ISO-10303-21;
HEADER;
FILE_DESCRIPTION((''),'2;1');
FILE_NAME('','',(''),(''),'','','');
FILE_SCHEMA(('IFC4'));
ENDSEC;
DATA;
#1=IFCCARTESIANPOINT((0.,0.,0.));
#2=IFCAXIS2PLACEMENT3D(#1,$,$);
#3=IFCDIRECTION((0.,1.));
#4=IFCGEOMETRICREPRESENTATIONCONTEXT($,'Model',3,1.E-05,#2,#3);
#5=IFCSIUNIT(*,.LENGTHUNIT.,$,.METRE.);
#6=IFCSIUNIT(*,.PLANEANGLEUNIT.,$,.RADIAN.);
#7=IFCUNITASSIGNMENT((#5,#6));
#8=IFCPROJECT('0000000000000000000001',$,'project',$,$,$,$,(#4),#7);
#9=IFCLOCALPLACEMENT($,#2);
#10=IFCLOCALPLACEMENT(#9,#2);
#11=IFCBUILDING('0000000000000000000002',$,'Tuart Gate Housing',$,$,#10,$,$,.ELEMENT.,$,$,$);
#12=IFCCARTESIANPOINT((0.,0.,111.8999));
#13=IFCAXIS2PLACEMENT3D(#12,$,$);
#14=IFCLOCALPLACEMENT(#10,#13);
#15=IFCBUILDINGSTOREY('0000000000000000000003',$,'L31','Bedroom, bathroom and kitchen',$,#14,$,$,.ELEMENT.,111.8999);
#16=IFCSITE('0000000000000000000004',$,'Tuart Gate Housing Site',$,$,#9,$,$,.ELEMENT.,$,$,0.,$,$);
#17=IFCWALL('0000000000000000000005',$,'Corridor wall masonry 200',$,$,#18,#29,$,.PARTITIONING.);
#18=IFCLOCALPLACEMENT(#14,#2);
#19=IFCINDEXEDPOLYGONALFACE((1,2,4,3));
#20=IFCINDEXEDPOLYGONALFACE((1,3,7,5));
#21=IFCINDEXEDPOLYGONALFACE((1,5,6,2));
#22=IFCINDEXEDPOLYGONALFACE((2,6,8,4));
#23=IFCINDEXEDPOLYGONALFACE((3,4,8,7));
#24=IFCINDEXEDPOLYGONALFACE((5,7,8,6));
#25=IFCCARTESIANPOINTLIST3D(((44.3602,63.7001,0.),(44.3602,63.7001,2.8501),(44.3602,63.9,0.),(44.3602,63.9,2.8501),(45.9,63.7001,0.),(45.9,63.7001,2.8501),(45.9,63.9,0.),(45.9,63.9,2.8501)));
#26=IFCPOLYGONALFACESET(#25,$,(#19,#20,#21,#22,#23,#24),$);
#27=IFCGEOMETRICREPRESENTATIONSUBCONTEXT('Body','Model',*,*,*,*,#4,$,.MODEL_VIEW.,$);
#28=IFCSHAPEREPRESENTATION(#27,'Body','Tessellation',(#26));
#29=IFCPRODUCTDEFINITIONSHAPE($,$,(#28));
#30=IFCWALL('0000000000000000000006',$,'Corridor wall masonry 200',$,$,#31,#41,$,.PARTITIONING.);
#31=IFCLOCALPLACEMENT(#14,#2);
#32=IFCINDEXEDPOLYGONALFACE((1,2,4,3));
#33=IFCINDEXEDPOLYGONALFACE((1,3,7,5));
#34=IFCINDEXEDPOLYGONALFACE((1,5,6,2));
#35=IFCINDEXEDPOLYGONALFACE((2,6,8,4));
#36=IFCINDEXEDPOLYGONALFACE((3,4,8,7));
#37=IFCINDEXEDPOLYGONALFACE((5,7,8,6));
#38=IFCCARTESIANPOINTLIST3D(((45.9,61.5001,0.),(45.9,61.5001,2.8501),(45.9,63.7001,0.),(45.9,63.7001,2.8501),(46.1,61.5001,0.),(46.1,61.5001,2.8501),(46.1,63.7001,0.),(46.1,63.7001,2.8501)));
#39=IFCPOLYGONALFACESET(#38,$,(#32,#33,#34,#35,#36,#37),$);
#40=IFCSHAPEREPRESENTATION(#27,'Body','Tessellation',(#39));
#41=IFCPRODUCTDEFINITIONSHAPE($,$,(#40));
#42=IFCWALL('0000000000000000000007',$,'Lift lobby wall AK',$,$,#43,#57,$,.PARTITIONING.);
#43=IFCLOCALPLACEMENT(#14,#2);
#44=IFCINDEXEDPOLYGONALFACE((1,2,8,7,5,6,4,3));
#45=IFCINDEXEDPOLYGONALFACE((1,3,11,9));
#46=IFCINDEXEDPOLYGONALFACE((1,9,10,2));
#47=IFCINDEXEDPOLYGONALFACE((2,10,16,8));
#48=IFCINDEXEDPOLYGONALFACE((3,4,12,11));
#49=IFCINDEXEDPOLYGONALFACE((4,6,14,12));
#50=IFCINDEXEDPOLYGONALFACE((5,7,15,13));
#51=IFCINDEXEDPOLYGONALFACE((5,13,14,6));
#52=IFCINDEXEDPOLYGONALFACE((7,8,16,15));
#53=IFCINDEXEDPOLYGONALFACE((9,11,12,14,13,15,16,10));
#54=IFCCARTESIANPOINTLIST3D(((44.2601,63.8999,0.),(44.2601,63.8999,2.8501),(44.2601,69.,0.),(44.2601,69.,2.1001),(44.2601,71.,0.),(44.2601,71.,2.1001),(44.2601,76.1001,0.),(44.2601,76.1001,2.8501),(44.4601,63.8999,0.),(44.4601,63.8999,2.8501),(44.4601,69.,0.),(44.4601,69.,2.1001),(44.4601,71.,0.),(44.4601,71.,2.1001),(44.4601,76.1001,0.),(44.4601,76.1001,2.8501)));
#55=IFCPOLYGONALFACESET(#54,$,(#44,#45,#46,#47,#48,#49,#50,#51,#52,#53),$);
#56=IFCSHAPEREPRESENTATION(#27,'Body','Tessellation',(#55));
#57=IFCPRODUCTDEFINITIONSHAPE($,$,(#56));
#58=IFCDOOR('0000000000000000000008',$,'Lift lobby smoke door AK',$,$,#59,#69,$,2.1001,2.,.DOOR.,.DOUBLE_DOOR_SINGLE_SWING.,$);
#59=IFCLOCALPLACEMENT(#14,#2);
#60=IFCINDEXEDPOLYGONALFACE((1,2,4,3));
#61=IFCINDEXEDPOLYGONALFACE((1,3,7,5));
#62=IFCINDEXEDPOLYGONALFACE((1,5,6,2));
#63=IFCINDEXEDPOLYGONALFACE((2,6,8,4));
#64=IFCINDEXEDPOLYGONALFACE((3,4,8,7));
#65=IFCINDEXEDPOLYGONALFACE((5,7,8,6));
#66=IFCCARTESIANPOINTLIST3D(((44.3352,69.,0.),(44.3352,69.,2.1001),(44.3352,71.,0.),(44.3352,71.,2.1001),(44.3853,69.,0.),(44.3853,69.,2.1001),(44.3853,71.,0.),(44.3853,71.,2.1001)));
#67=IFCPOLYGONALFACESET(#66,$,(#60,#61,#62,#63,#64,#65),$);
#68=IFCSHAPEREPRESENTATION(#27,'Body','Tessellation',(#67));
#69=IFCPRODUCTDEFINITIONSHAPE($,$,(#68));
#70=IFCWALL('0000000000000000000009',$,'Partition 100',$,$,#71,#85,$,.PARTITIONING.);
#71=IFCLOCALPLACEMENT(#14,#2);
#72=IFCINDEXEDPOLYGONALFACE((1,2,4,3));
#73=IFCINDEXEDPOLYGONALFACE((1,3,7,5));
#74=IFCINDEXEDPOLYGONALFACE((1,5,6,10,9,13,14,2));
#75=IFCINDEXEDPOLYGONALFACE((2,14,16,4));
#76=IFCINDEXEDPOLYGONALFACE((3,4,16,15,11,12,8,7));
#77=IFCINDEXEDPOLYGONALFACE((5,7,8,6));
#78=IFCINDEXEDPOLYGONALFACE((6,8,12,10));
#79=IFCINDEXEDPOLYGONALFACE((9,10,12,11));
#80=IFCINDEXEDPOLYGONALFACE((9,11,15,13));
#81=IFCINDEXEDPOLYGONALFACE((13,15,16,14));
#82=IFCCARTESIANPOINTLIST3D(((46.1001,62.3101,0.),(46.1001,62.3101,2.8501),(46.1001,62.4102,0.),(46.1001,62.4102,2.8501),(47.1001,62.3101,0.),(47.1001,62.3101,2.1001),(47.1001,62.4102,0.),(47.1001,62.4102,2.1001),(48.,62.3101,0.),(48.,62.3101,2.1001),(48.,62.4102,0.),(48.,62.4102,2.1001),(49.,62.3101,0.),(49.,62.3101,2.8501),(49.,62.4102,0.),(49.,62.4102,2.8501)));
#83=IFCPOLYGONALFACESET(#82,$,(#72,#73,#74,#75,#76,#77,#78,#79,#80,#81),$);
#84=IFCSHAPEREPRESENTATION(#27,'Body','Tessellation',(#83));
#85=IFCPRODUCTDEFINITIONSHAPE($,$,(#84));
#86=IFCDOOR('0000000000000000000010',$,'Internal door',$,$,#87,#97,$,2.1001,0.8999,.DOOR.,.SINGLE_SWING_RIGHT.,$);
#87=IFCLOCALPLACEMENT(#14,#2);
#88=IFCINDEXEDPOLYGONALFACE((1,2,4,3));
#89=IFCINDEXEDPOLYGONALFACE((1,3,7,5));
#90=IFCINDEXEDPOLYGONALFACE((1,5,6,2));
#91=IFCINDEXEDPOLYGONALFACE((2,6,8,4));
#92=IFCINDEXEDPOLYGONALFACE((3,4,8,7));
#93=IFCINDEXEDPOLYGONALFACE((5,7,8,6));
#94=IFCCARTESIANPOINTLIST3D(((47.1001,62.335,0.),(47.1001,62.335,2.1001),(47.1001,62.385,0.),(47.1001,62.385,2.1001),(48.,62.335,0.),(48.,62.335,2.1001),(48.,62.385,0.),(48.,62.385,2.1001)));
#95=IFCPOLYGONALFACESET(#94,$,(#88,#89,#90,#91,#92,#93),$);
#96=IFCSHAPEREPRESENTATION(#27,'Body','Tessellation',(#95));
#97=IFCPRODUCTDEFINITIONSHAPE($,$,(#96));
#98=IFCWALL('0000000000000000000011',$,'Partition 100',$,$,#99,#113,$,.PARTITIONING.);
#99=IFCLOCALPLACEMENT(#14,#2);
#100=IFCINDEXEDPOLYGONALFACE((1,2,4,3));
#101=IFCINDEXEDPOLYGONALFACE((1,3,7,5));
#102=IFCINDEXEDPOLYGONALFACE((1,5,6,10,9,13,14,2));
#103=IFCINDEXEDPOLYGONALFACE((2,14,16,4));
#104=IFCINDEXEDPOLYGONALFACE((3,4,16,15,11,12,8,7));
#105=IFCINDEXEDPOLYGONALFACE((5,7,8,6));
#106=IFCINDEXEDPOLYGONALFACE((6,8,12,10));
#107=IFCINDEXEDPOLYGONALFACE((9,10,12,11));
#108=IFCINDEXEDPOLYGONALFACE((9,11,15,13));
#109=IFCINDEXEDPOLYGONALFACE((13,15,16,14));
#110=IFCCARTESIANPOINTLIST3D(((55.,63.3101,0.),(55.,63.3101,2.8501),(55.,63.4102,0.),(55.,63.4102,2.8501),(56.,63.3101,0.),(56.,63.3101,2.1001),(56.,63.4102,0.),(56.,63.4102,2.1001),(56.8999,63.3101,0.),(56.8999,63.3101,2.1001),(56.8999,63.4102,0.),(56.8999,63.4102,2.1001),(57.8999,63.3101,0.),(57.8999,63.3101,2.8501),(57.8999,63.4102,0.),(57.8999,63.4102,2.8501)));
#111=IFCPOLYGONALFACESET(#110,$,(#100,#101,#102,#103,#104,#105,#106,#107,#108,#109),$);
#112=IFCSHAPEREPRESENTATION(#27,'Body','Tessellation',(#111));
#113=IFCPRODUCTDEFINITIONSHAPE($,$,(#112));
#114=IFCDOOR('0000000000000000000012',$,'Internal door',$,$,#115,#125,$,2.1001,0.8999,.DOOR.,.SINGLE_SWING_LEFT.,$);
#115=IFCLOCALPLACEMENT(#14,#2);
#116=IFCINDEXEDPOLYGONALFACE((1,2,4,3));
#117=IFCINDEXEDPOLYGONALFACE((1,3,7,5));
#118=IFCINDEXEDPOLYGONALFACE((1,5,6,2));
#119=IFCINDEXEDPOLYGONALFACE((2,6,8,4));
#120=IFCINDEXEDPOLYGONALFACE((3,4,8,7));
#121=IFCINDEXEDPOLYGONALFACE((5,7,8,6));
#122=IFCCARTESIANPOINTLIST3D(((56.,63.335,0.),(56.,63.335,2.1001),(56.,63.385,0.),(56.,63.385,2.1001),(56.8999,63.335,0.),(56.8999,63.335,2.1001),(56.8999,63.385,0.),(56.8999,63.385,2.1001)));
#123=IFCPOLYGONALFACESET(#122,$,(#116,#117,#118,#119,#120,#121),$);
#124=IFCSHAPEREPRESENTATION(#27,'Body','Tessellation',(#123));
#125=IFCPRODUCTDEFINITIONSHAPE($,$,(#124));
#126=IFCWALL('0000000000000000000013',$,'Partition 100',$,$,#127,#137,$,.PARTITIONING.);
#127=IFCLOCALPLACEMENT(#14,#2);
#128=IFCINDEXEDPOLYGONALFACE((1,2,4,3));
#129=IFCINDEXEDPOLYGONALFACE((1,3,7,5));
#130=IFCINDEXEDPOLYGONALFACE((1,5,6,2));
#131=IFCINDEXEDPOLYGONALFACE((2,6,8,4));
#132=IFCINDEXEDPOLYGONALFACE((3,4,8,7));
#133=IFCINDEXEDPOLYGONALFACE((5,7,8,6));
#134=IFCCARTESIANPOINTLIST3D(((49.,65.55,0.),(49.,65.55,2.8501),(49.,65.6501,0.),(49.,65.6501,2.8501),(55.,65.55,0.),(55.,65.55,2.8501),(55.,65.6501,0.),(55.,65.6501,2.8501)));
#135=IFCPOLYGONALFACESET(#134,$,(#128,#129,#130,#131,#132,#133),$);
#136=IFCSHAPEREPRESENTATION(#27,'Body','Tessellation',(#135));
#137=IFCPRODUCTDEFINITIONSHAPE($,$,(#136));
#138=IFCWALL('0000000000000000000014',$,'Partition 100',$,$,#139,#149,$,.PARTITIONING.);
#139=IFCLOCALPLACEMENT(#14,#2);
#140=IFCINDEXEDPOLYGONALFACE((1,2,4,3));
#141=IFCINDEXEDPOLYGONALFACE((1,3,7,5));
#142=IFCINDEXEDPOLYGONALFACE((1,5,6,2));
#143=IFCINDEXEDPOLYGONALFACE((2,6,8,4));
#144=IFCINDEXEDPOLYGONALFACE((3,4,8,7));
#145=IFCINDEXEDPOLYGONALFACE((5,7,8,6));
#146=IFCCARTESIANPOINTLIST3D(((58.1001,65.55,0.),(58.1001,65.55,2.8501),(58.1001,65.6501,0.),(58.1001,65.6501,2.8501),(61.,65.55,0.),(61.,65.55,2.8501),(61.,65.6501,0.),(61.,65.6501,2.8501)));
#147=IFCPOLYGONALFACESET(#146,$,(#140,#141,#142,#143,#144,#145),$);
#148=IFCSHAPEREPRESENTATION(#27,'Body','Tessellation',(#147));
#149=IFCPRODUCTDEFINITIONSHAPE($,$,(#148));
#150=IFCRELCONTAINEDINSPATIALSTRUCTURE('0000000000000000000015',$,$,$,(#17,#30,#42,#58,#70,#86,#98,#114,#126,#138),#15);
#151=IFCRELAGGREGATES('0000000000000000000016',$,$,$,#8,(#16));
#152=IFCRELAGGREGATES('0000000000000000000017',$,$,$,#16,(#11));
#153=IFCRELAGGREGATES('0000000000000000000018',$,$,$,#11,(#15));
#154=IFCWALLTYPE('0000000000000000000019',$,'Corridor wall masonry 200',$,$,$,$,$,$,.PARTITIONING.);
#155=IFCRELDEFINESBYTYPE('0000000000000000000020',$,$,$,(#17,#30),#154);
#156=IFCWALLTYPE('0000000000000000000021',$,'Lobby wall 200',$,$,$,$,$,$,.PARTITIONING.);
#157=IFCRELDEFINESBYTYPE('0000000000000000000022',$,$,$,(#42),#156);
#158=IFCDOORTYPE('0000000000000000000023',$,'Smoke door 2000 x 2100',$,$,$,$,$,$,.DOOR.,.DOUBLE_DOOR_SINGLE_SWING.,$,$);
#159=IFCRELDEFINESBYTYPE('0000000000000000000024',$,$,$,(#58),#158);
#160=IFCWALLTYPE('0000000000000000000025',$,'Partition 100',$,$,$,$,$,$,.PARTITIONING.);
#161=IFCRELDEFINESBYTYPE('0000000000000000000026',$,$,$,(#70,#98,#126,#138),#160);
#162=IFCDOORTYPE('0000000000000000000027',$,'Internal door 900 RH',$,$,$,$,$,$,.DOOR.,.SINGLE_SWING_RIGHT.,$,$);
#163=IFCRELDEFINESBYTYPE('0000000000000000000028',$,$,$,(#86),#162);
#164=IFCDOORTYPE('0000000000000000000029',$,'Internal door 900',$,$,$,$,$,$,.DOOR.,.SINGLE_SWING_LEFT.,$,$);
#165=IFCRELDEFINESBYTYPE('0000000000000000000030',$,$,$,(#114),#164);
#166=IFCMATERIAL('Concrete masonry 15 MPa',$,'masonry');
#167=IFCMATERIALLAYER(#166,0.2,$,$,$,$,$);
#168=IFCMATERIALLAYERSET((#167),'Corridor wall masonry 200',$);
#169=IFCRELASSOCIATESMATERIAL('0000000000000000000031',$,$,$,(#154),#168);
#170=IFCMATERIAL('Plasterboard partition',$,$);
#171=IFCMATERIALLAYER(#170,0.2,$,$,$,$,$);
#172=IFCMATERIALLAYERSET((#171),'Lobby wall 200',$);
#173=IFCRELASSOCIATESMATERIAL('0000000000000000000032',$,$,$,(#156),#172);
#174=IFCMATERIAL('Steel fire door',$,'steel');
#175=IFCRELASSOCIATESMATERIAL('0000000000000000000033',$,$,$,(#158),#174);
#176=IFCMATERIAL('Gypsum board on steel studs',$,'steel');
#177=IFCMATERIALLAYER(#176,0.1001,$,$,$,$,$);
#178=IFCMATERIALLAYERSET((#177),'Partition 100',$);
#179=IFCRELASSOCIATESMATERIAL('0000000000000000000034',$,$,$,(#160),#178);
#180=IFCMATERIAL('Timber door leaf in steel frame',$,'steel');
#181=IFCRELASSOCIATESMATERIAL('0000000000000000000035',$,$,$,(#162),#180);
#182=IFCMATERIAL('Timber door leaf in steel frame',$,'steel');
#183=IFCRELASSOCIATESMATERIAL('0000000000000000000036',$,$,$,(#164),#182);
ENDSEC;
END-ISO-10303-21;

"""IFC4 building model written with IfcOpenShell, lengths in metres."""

from ifc_helpers import new_model, si_unit, direction, frame, frame_2d, origin, place, context, subcontext, project, spatial, rectangle, extrude, material, layer, layer_set, type_object, element, fill, save


model = new_model("IFC4")

# Units and contexts
model_context = context("Model", 3, precision=1e-05, world=origin(), true_north=direction((0.0, 1.0)))
body_context = subcontext(model_context, "Body", "Model", "MODEL_VIEW")
ifc_project = project(units=[si_unit("LENGTHUNIT", "METRE"), si_unit("PLANEANGLEUNIT", "RADIAN")], contexts=[model_context])

# Site, building, storey
site_placement = place(None, origin())
site = spatial("IfcSite", under=ifc_project, at=site_placement, Name="Tuart Gate Housing Site", CompositionType="ELEMENT", RefElevation=0.0)
building_placement = place(site_placement, origin())
building = spatial("IfcBuilding", under=site, at=building_placement, Name="Tuart Gate Housing", CompositionType="ELEMENT")
storey_placement = place(building_placement, frame((0.0, 0.0, 111.8999)))
storey = spatial("IfcBuildingStorey", under=building, at=storey_placement, Name="L31", Description="Bedroom, bathroom and kitchen", CompositionType="ELEMENT", Elevation=111.8999)

# Walls
ifc_material_1 = material(Name="Concrete masonry 15 MPa", Category="masonry")
ifc_layer_1 = layer(ifc_material_1, 0.2)
ifc_layer_set_1 = layer_set([ifc_layer_1], Name="Corridor wall masonry 200")
wall_type_1 = type_object("IfcWallType", Name="Corridor wall masonry 200", PredefinedType="PARTITIONING", material=ifc_layer_set_1)
wall_1_placement = place(storey_placement, frame((44.3601, 63.8, 0.0), z_axis=(0.0, 0.0, 1.0), x_axis=(1.0, 0.0, 0.0)))
element("IfcWall", 1, at=wall_1_placement, inside=storey, type_object=wall_type_1, Name="Corridor wall masonry 200", PredefinedType="PARTITIONING", context=body_context, shape_type="SweptSolid", body=[
    extrude(rectangle(XDim=1.5398, YDim=0.2, at=frame_2d((0.77, 0.0))), origin(), (0.0, 0.0, 1.0), 2.8501),
])
wall_2_placement = place(storey_placement, frame((46.0, 61.5, 0.0), z_axis=(0.0, 0.0, 1.0), x_axis=(0.0, 1.0, 0.0)))
element("IfcWall", 2, at=wall_2_placement, inside=storey, type_object=wall_type_1, Name="Corridor wall masonry 200", PredefinedType="PARTITIONING", context=body_context, shape_type="SweptSolid", body=[
    extrude(rectangle(XDim=2.2, YDim=0.2, at=frame_2d((1.1001, 0.0))), origin(), (0.0, 0.0, 1.0), 2.8501),
])

# Walls, openings, doors
ifc_material_2 = material(Name="Plasterboard partition")
ifc_layer_2 = layer(ifc_material_2, 0.2)
ifc_layer_set_2 = layer_set([ifc_layer_2], Name="Lobby wall 200")
wall_type_2 = type_object("IfcWallType", Name="Lobby wall 200", PredefinedType="PARTITIONING", material=ifc_layer_set_2)
wall_3_placement = place(storey_placement, frame((44.3601, 63.8999, 0.0), z_axis=(0.0, 0.0, 1.0), x_axis=(0.0, 1.0, 0.0)))
wall_3 = element("IfcWall", 3, at=wall_3_placement, inside=storey, type_object=wall_type_2, Name="Lift lobby wall AK", PredefinedType="PARTITIONING", context=body_context, shape_type="SweptSolid", body=[
    extrude(rectangle(XDim=12.2002, YDim=0.2, at=frame_2d((6.1001, 0.0))), origin(), (0.0, 0.0, 1.0), 2.8501),
])
opening_1_placement = place(wall_3_placement, frame((5.1001, 0.0, 0.0)))
opening_1 = element("IfcOpeningElement", 4, at=opening_1_placement, cuts=wall_3, PredefinedType="OPENING", context=body_context, shape_type="SweptSolid", body=[
    extrude(rectangle(XDim=2.0, YDim=2.1001, at=frame_2d((1.0, 1.05))), frame((0.0, 0.1099, 0.0), z_axis=(0.0, -1.0, 0.0), x_axis=(1.0, 0.0, 0.0)), (0.0, 0.0, 1.0), 0.22),
])
ifc_material_3 = material(Name="Steel fire door", Category="steel")
door_type_1 = type_object("IfcDoorType", Name="Smoke door 2000 x 2100", OperationType="DOUBLE_DOOR_SINGLE_SWING", PredefinedType="DOOR", material=ifc_material_3)
door_1_placement = place(opening_1_placement, origin())
door_1 = element("IfcDoor", 5, at=door_1_placement, inside=storey, type_object=door_type_1, Name="Lift lobby smoke door AK", OperationType="DOUBLE_DOOR_SINGLE_SWING", OverallHeight=2.1001, OverallWidth=2.0, PredefinedType="DOOR", context=body_context, shape_type="SweptSolid", body=[
    extrude(rectangle(XDim=2.0, YDim=2.1001, at=frame_2d((1.0, 1.05))), frame((0.0, 0.0249, 0.0), z_axis=(0.0, -1.0, 0.0), x_axis=(1.0, 0.0, 0.0)), (0.0, 0.0, 1.0), 0.05),
])
fill(opening_1, door_1)
ifc_material_4 = material(Name="Gypsum board on steel studs", Category="steel")
ifc_layer_3 = layer(ifc_material_4, 0.1001)
ifc_layer_set_3 = layer_set([ifc_layer_3], Name="Partition 100")
wall_type_3 = type_object("IfcWallType", Name="Partition 100", PredefinedType="PARTITIONING", material=ifc_layer_set_3)
wall_4_placement = place(storey_placement, frame((46.1001, 62.3601, 0.0), z_axis=(0.0, 0.0, 1.0), x_axis=(1.0, 0.0, 0.0)))
wall_4 = element("IfcWall", 6, at=wall_4_placement, inside=storey, type_object=wall_type_3, Name="Partition 100", PredefinedType="PARTITIONING", context=body_context, shape_type="SweptSolid", body=[
    extrude(rectangle(XDim=2.8999, YDim=0.1001, at=frame_2d((1.45, 0.0))), origin(), (0.0, 0.0, 1.0), 2.8501),
])
opening_2_placement = place(wall_4_placement, frame((1.0, 0.0, 0.0)))
opening_2 = element("IfcOpeningElement", 7, at=opening_2_placement, cuts=wall_4, PredefinedType="OPENING", context=body_context, shape_type="SweptSolid", body=[
    extrude(rectangle(XDim=0.8999, YDim=2.1001, at=frame_2d((0.45, 1.05))), frame((0.0, 0.0601, 0.0), z_axis=(0.0, -1.0, 0.0), x_axis=(1.0, 0.0, 0.0)), (0.0, 0.0, 1.0), 0.1201),
])
ifc_material_5 = material(Name="Timber door leaf in steel frame", Category="steel")
door_type_2 = type_object("IfcDoorType", Name="Internal door 900 RH", OperationType="SINGLE_SWING_RIGHT", PredefinedType="DOOR", material=ifc_material_5)
door_2_placement = place(opening_2_placement, origin())
door_2 = element("IfcDoor", 8, at=door_2_placement, inside=storey, type_object=door_type_2, Name="Internal door", OperationType="SINGLE_SWING_RIGHT", OverallHeight=2.1001, OverallWidth=0.8999, PredefinedType="DOOR", context=body_context, shape_type="SweptSolid", body=[
    extrude(rectangle(XDim=0.8999, YDim=2.1001, at=frame_2d((0.45, 1.05))), frame((0.0, 0.0249, 0.0), z_axis=(0.0, -1.0, 0.0), x_axis=(1.0, 0.0, 0.0)), (0.0, 0.0, 1.0), 0.05),
])
fill(opening_2, door_2)
wall_5_placement = place(storey_placement, frame((55.0, 63.3601, 0.0), z_axis=(0.0, 0.0, 1.0), x_axis=(1.0, 0.0, 0.0)))
wall_5 = element("IfcWall", 9, at=wall_5_placement, inside=storey, type_object=wall_type_3, Name="Partition 100", PredefinedType="PARTITIONING", context=body_context, shape_type="SweptSolid", body=[
    extrude(rectangle(XDim=2.8999, YDim=0.1001, at=frame_2d((1.45, 0.0))), origin(), (0.0, 0.0, 1.0), 2.8501),
])
opening_3_placement = place(wall_5_placement, frame((1.0, 0.0, 0.0)))
opening_3 = element("IfcOpeningElement", 10, at=opening_3_placement, cuts=wall_5, PredefinedType="OPENING", context=body_context, shape_type="SweptSolid", body=[
    extrude(rectangle(XDim=0.8999, YDim=2.1001, at=frame_2d((0.45, 1.05))), frame((0.0, 0.0601, 0.0), z_axis=(0.0, -1.0, 0.0), x_axis=(1.0, 0.0, 0.0)), (0.0, 0.0, 1.0), 0.1201),
])
ifc_material_6 = material(Name="Timber door leaf in steel frame", Category="steel")
door_type_3 = type_object("IfcDoorType", Name="Internal door 900", OperationType="SINGLE_SWING_LEFT", PredefinedType="DOOR", material=ifc_material_6)
door_3_placement = place(opening_3_placement, origin())
door_3 = element("IfcDoor", 11, at=door_3_placement, inside=storey, type_object=door_type_3, Name="Internal door", OperationType="SINGLE_SWING_LEFT", OverallHeight=2.1001, OverallWidth=0.8999, PredefinedType="DOOR", context=body_context, shape_type="SweptSolid", body=[
    extrude(rectangle(XDim=0.8999, YDim=2.1001, at=frame_2d((0.45, 1.05))), frame((0.0, 0.0249, 0.0), z_axis=(0.0, -1.0, 0.0), x_axis=(1.0, 0.0, 0.0)), (0.0, 0.0, 1.0), 0.05),
])
fill(opening_3, door_3)

# Walls
wall_6_placement = place(storey_placement, frame((49.0, 65.6001, 0.0), z_axis=(0.0, 0.0, 1.0), x_axis=(1.0, 0.0, 0.0)))
element("IfcWall", 12, at=wall_6_placement, inside=storey, type_object=wall_type_3, Name="Partition 100", PredefinedType="PARTITIONING", context=body_context, shape_type="SweptSolid", body=[
    extrude(rectangle(XDim=6.0, YDim=0.1001, at=frame_2d((3.0, 0.0))), origin(), (0.0, 0.0, 1.0), 2.8501),
])
wall_7_placement = place(storey_placement, frame((58.1001, 65.6001, 0.0), z_axis=(0.0, 0.0, 1.0), x_axis=(1.0, 0.0, 0.0)))
element("IfcWall", 13, at=wall_7_placement, inside=storey, type_object=wall_type_3, Name="Partition 100", PredefinedType="PARTITIONING", context=body_context, shape_type="SweptSolid", body=[
    extrude(rectangle(XDim=2.8999, YDim=0.1001, at=frame_2d((1.45, 0.0))), origin(), (0.0, 0.0, 1.0), 2.8501),
])

save(model, "model.ifc")
